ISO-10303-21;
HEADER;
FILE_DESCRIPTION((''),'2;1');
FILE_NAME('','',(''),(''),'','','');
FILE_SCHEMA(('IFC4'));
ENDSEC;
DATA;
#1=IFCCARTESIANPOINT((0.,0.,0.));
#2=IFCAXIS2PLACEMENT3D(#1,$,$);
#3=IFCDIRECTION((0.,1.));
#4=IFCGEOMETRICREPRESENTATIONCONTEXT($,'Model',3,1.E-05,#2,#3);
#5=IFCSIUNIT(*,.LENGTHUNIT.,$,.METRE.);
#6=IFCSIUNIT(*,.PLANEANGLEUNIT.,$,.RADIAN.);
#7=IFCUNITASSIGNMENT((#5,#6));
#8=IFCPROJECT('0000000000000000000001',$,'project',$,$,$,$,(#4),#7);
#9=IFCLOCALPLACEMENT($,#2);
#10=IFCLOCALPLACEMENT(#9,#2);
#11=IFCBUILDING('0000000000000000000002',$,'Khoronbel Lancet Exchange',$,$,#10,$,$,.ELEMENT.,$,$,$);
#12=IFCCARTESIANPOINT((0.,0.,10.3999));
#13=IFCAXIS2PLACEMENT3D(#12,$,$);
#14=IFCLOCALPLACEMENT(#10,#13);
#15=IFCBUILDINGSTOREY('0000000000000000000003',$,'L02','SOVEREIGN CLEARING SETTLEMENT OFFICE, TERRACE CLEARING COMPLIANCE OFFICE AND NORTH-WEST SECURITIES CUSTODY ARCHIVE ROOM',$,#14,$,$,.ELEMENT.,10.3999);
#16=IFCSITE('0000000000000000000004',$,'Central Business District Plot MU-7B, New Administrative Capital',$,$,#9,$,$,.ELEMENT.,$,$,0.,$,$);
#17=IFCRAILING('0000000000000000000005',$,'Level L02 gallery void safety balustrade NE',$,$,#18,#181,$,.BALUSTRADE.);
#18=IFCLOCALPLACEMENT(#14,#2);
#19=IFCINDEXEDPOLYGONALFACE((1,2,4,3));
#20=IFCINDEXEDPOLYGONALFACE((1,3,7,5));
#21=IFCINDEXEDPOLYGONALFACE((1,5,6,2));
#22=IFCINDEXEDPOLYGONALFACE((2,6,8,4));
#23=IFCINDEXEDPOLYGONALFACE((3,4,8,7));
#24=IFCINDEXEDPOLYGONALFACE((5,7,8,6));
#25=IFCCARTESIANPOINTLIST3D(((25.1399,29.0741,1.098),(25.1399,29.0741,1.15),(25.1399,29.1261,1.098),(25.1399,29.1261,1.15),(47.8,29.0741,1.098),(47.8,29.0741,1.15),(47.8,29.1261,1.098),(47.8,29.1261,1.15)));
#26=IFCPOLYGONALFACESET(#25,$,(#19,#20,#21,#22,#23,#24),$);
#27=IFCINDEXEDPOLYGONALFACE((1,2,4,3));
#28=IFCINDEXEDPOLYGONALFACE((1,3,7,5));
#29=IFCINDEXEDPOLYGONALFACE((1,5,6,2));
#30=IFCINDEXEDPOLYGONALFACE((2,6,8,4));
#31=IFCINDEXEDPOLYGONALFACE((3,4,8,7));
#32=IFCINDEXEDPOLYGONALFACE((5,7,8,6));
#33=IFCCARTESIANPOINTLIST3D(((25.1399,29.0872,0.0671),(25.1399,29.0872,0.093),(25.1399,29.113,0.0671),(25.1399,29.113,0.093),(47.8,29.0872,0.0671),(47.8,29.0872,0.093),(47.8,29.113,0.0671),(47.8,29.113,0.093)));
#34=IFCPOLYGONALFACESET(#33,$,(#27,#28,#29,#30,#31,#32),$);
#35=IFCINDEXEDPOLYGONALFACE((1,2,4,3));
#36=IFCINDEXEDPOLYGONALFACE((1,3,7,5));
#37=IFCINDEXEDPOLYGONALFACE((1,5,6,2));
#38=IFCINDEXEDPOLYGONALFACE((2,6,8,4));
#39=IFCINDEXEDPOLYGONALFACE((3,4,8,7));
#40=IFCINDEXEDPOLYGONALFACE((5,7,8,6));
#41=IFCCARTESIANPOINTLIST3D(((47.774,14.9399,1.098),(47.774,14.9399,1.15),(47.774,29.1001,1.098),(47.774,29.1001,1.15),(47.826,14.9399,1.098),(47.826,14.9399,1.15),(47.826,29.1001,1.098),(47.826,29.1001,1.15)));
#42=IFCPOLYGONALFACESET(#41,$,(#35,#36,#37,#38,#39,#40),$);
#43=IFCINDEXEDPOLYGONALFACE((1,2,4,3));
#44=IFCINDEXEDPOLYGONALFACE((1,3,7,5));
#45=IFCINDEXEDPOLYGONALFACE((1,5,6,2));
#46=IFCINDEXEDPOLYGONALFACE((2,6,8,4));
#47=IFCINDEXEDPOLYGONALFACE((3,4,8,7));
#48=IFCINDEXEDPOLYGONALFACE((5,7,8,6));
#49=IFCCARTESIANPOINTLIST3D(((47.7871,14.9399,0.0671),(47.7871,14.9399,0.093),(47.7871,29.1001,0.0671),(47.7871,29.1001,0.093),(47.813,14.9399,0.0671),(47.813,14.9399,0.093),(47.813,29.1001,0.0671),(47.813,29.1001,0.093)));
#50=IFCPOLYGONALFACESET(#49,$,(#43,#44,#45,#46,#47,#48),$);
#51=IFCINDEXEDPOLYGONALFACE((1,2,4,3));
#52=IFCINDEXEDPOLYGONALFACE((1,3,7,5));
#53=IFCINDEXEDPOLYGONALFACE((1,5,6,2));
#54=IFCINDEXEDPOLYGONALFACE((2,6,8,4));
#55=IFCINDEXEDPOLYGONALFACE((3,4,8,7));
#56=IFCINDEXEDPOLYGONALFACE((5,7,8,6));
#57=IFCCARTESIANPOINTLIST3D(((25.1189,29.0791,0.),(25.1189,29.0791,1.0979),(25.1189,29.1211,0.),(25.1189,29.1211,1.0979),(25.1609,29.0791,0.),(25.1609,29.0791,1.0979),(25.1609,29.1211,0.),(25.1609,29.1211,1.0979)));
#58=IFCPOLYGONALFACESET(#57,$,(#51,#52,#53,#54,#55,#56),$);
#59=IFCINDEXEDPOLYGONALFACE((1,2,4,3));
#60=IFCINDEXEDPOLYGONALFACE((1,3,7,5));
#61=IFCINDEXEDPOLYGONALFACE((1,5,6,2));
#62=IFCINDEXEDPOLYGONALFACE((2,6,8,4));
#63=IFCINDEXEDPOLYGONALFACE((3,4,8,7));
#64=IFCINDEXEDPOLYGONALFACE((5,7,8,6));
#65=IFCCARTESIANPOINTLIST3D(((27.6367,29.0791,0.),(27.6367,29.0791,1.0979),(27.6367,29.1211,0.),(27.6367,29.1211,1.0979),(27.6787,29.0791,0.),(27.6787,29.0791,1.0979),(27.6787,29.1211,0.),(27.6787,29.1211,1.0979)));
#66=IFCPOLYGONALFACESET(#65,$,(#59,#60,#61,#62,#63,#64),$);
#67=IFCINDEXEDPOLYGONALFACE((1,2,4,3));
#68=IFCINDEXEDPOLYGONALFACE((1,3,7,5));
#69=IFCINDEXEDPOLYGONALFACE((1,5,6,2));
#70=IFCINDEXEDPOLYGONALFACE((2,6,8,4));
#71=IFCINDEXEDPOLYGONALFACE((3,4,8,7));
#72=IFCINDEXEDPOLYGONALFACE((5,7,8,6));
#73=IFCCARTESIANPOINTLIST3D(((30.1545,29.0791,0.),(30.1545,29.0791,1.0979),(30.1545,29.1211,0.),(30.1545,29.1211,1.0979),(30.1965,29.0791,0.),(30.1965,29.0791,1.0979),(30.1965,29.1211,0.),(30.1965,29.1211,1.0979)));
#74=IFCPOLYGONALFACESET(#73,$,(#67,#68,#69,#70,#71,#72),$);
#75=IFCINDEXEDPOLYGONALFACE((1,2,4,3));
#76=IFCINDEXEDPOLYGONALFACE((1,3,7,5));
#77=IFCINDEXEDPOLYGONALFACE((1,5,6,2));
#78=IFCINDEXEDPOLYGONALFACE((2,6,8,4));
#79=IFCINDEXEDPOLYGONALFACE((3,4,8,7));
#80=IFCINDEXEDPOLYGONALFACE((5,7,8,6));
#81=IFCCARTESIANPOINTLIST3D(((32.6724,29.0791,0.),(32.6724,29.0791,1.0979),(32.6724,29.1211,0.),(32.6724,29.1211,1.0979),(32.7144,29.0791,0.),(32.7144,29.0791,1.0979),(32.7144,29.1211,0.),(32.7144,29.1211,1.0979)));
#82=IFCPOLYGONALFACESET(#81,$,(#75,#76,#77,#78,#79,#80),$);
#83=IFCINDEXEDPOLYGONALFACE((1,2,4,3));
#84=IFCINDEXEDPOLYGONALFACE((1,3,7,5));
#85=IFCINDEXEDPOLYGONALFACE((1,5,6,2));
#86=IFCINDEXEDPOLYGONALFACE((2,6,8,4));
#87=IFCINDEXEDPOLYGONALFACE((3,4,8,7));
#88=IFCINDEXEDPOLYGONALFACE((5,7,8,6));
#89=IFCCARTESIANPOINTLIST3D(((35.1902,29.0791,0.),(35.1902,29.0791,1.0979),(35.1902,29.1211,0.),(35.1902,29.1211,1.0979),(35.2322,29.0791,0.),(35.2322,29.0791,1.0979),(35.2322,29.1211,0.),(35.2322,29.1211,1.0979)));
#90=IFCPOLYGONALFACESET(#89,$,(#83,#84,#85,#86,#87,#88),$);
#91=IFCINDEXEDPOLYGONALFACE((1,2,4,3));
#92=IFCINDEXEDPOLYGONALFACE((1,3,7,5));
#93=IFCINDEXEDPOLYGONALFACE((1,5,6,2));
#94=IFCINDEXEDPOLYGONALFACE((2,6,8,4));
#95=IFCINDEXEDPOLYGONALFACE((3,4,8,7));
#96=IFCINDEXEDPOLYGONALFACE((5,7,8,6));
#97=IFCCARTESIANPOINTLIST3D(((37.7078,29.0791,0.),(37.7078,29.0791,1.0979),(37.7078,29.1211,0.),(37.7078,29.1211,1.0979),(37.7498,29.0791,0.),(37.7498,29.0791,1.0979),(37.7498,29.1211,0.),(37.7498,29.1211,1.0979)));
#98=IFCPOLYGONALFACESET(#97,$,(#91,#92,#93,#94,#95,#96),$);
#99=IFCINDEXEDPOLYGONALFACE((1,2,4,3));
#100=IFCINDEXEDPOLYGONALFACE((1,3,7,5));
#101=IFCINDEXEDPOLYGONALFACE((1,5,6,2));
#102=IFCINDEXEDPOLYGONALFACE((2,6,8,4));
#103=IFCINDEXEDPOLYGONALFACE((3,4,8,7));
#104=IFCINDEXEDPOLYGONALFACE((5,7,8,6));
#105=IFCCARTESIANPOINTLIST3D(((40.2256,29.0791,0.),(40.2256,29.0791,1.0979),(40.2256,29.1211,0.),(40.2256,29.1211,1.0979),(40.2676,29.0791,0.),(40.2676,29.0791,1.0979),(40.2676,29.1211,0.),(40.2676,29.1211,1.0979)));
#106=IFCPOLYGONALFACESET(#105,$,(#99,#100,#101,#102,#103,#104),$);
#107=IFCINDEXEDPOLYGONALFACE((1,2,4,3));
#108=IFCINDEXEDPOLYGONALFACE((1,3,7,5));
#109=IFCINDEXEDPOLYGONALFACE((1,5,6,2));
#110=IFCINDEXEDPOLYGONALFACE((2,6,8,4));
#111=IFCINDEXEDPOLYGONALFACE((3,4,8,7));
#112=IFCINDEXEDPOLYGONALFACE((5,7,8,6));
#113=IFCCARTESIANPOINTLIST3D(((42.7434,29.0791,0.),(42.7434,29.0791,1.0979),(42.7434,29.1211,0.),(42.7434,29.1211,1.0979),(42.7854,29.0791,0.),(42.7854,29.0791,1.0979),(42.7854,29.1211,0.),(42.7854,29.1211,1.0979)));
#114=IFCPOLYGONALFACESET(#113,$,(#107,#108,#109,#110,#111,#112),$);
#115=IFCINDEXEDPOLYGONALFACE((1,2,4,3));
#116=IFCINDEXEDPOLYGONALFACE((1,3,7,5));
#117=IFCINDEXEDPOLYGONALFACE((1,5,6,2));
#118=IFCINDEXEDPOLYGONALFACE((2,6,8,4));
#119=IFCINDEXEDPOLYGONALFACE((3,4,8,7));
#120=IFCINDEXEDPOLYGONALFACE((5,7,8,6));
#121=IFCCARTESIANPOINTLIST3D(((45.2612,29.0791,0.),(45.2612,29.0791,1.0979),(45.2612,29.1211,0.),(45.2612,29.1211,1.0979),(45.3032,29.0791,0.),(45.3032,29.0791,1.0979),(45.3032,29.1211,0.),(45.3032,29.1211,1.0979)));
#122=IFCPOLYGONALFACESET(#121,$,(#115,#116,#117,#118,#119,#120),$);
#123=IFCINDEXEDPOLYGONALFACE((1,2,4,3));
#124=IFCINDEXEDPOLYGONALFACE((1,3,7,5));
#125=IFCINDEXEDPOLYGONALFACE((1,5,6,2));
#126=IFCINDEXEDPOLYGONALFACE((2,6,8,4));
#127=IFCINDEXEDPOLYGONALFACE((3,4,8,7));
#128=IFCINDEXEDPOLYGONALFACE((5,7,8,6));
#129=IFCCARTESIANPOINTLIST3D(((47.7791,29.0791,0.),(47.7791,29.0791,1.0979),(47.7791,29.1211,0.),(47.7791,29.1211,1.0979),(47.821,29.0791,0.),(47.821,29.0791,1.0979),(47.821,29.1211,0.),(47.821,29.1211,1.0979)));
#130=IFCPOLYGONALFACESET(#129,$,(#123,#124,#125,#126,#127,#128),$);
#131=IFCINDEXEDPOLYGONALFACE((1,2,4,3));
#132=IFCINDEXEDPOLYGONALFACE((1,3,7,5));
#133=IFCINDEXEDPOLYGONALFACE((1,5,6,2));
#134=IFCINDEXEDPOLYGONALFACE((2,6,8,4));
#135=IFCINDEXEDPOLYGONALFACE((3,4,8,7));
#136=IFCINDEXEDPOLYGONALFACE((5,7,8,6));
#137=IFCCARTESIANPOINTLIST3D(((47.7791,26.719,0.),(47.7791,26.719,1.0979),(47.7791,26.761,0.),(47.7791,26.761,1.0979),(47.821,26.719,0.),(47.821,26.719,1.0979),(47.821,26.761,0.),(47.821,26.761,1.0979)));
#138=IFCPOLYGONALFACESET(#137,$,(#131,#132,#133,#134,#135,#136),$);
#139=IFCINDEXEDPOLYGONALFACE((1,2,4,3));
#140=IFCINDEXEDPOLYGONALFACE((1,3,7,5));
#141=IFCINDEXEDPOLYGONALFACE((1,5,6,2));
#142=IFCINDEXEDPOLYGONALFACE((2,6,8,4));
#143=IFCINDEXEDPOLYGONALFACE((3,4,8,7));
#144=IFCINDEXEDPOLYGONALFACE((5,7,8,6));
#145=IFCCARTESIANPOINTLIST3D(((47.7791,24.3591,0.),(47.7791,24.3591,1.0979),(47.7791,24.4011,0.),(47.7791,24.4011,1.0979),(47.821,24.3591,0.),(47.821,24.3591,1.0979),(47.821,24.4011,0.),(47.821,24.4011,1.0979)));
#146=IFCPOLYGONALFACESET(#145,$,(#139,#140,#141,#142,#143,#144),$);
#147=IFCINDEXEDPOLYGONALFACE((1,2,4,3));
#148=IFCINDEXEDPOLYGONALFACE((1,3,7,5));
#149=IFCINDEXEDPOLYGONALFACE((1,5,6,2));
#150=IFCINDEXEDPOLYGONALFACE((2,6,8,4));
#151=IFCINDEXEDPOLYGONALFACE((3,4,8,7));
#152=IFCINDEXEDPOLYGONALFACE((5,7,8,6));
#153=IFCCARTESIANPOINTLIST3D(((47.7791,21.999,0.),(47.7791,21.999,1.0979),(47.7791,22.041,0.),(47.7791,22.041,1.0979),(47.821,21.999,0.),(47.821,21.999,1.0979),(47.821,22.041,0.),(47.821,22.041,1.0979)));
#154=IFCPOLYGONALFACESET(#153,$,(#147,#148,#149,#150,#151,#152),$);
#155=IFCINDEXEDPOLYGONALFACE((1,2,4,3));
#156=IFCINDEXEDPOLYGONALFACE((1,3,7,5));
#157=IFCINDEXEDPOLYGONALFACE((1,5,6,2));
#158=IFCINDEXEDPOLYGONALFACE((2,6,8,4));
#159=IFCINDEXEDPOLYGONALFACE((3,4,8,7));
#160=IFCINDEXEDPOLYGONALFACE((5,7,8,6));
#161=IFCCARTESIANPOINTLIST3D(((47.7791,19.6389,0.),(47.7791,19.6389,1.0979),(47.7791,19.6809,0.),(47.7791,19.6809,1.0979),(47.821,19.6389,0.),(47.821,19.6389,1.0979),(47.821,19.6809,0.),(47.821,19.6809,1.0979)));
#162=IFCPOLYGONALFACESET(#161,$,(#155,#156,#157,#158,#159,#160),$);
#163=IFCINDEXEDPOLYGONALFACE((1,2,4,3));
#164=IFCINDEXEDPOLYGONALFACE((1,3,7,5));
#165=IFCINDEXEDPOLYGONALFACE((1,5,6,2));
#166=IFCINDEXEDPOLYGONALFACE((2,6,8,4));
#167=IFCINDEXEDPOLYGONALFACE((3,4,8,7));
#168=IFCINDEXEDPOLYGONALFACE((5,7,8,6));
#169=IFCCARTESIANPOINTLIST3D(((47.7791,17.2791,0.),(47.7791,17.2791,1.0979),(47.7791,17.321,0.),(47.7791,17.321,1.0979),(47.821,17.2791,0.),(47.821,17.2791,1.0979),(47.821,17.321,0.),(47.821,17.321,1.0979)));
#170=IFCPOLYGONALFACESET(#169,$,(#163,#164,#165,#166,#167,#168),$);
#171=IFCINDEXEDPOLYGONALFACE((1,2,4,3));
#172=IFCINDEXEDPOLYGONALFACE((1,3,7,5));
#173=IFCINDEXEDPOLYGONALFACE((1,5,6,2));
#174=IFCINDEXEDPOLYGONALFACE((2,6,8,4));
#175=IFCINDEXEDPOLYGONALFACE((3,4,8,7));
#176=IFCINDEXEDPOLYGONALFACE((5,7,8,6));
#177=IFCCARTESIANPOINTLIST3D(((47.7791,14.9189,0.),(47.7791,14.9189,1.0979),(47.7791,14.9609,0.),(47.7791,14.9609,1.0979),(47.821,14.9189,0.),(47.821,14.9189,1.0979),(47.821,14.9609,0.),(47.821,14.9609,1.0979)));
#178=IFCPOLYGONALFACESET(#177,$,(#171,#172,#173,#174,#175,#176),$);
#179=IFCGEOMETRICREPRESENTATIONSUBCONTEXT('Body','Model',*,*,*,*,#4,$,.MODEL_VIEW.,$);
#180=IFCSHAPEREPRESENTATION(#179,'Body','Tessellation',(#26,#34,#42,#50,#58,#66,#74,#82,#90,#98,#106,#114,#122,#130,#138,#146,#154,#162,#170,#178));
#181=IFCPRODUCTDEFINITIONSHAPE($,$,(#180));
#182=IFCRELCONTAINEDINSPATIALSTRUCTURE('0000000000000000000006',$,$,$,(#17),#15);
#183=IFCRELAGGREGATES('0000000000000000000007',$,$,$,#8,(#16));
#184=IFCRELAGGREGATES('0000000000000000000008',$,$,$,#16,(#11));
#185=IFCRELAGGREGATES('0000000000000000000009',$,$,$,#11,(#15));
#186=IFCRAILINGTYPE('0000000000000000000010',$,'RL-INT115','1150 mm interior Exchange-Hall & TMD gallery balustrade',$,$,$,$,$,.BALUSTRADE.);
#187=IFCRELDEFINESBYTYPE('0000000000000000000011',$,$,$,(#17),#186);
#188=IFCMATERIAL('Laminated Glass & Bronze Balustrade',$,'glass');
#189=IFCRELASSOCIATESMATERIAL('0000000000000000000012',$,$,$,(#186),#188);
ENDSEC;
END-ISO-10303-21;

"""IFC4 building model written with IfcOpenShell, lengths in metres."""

from ifc_helpers import new_model, si_unit, direction, frame, origin, origin_2d, place, context, subcontext, project, spatial, rectangle, extrude, material, type_object, element, save


model = new_model("IFC4")

# Units and contexts
model_context = context("Model", 3, precision=1e-05, world=origin(), true_north=direction((0.0, 1.0)))
body_context = subcontext(model_context, "Body", "Model", "MODEL_VIEW")
ifc_project = project(units=[si_unit("LENGTHUNIT", "METRE"), si_unit("PLANEANGLEUNIT", "RADIAN")], contexts=[model_context])

# Site, building, storey
site_placement = place(None, origin())
site = spatial("IfcSite", under=ifc_project, at=site_placement, Name="Central Business District Plot MU-7B, New Administrative Capital", CompositionType="ELEMENT", RefElevation=0.0)
building_placement = place(site_placement, origin())
building = spatial("IfcBuilding", under=site, at=building_placement, Name="Khoronbel Lancet Exchange", CompositionType="ELEMENT")
storey_placement = place(building_placement, frame((0.0, 0.0, 10.3999)))
storey = spatial("IfcBuildingStorey", under=building, at=storey_placement, Name="L02", Description="SOVEREIGN CLEARING SETTLEMENT OFFICE, TERRACE CLEARING COMPLIANCE OFFICE AND NORTH-WEST SECURITIES CUSTODY ARCHIVE ROOM", CompositionType="ELEMENT", Elevation=10.3999)

# Railing
ifc_material_1 = material(Name="Laminated Glass & Bronze Balustrade", Category="glass")
railing_type = type_object("IfcRailingType", Name="RL-INT115", Description="1150 mm interior Exchange-Hall & TMD gallery balustrade", PredefinedType="BALUSTRADE", material=ifc_material_1)
railing_1_placement = place(storey_placement, frame((25.1399, 29.1001, 0.0)))
element("IfcRailing", 1, at=railing_1_placement, inside=storey, type_object=railing_type, Name="Level L02 gallery void safety balustrade NE", PredefinedType="BALUSTRADE", context=body_context, shape_type="SweptSolid", body=[
    extrude(rectangle(XDim=0.052, YDim=0.052, at=origin_2d()), frame((0.0, 0.0, 1.124), z_axis=(1.0, 0.0, 0.0), x_axis=(0.0, 1.0, 0.0)), (0.0, 0.0, 1.0), 22.6602),
    extrude(rectangle(XDim=0.0259, YDim=0.0259, at=origin_2d()), frame((0.0, 0.0, 0.0801), z_axis=(1.0, 0.0, 0.0), x_axis=(0.0, 1.0, 0.0)), (0.0, 0.0, 1.0), 22.6602),
    extrude(rectangle(XDim=0.052, YDim=0.052, at=origin_2d()), frame((22.6602, 0.0, 1.124), z_axis=(0.0, -1.0, 0.0), x_axis=(1.0, 0.0, 0.0)), (0.0, 0.0, 1.0), 14.1602),
    extrude(rectangle(XDim=0.0259, YDim=0.0259, at=origin_2d()), frame((22.6602, 0.0, 0.0801), z_axis=(0.0, -1.0, 0.0), x_axis=(1.0, 0.0, 0.0)), (0.0, 0.0, 1.0), 14.1602),
    extrude(rectangle(XDim=0.042, YDim=0.042, at=origin_2d()), origin(), (0.0, 0.0, 1.0), 1.0979),
    extrude(rectangle(XDim=0.042, YDim=0.042, at=origin_2d()), frame((2.5178, 0.0, 0.0)), (0.0, 0.0, 1.0), 1.0979),
    extrude(rectangle(XDim=0.042, YDim=0.042, at=origin_2d()), frame((5.0356, 0.0, 0.0)), (0.0, 0.0, 1.0), 1.0979),
    extrude(rectangle(XDim=0.042, YDim=0.042, at=origin_2d()), frame((7.5535, 0.0, 0.0)), (0.0, 0.0, 1.0), 1.0979),
    extrude(rectangle(XDim=0.042, YDim=0.042, at=origin_2d()), frame((10.0713, 0.0, 0.0)), (0.0, 0.0, 1.0), 1.0979),
    extrude(rectangle(XDim=0.042, YDim=0.042, at=origin_2d()), frame((12.5889, 0.0, 0.0)), (0.0, 0.0, 1.0), 1.0979),
    extrude(rectangle(XDim=0.042, YDim=0.042, at=origin_2d()), frame((15.1067, 0.0, 0.0)), (0.0, 0.0, 1.0), 1.0979),
    extrude(rectangle(XDim=0.042, YDim=0.042, at=origin_2d()), frame((17.6245, 0.0, 0.0)), (0.0, 0.0, 1.0), 1.0979),
    extrude(rectangle(XDim=0.042, YDim=0.042, at=origin_2d()), frame((20.1423, 0.0, 0.0)), (0.0, 0.0, 1.0), 1.0979),
    extrude(rectangle(XDim=0.042, YDim=0.042, at=origin_2d()), frame((22.6602, 0.0, 0.0)), (0.0, 0.0, 1.0), 1.0979),
    extrude(rectangle(XDim=0.042, YDim=0.042, at=origin_2d()), frame((22.6602, -2.3601, 0.0)), (0.0, 0.0, 1.0), 1.0979),
    extrude(rectangle(XDim=0.042, YDim=0.042, at=origin_2d()), frame((22.6602, -4.72, 0.0)), (0.0, 0.0, 1.0), 1.0979),
    extrude(rectangle(XDim=0.042, YDim=0.042, at=origin_2d()), frame((22.6602, -7.0801, 0.0)), (0.0, 0.0, 1.0), 1.0979),
    extrude(rectangle(XDim=0.042, YDim=0.042, at=origin_2d()), frame((22.6602, -9.4402, 0.0)), (0.0, 0.0, 1.0), 1.0979),
    extrude(rectangle(XDim=0.042, YDim=0.042, at=origin_2d()), frame((22.6602, -11.8, 0.0)), (0.0, 0.0, 1.0), 1.0979),
    extrude(rectangle(XDim=0.042, YDim=0.042, at=origin_2d()), frame((22.6602, -14.1602, 0.0)), (0.0, 0.0, 1.0), 1.0979),
])

save(model, "model.ifc")
